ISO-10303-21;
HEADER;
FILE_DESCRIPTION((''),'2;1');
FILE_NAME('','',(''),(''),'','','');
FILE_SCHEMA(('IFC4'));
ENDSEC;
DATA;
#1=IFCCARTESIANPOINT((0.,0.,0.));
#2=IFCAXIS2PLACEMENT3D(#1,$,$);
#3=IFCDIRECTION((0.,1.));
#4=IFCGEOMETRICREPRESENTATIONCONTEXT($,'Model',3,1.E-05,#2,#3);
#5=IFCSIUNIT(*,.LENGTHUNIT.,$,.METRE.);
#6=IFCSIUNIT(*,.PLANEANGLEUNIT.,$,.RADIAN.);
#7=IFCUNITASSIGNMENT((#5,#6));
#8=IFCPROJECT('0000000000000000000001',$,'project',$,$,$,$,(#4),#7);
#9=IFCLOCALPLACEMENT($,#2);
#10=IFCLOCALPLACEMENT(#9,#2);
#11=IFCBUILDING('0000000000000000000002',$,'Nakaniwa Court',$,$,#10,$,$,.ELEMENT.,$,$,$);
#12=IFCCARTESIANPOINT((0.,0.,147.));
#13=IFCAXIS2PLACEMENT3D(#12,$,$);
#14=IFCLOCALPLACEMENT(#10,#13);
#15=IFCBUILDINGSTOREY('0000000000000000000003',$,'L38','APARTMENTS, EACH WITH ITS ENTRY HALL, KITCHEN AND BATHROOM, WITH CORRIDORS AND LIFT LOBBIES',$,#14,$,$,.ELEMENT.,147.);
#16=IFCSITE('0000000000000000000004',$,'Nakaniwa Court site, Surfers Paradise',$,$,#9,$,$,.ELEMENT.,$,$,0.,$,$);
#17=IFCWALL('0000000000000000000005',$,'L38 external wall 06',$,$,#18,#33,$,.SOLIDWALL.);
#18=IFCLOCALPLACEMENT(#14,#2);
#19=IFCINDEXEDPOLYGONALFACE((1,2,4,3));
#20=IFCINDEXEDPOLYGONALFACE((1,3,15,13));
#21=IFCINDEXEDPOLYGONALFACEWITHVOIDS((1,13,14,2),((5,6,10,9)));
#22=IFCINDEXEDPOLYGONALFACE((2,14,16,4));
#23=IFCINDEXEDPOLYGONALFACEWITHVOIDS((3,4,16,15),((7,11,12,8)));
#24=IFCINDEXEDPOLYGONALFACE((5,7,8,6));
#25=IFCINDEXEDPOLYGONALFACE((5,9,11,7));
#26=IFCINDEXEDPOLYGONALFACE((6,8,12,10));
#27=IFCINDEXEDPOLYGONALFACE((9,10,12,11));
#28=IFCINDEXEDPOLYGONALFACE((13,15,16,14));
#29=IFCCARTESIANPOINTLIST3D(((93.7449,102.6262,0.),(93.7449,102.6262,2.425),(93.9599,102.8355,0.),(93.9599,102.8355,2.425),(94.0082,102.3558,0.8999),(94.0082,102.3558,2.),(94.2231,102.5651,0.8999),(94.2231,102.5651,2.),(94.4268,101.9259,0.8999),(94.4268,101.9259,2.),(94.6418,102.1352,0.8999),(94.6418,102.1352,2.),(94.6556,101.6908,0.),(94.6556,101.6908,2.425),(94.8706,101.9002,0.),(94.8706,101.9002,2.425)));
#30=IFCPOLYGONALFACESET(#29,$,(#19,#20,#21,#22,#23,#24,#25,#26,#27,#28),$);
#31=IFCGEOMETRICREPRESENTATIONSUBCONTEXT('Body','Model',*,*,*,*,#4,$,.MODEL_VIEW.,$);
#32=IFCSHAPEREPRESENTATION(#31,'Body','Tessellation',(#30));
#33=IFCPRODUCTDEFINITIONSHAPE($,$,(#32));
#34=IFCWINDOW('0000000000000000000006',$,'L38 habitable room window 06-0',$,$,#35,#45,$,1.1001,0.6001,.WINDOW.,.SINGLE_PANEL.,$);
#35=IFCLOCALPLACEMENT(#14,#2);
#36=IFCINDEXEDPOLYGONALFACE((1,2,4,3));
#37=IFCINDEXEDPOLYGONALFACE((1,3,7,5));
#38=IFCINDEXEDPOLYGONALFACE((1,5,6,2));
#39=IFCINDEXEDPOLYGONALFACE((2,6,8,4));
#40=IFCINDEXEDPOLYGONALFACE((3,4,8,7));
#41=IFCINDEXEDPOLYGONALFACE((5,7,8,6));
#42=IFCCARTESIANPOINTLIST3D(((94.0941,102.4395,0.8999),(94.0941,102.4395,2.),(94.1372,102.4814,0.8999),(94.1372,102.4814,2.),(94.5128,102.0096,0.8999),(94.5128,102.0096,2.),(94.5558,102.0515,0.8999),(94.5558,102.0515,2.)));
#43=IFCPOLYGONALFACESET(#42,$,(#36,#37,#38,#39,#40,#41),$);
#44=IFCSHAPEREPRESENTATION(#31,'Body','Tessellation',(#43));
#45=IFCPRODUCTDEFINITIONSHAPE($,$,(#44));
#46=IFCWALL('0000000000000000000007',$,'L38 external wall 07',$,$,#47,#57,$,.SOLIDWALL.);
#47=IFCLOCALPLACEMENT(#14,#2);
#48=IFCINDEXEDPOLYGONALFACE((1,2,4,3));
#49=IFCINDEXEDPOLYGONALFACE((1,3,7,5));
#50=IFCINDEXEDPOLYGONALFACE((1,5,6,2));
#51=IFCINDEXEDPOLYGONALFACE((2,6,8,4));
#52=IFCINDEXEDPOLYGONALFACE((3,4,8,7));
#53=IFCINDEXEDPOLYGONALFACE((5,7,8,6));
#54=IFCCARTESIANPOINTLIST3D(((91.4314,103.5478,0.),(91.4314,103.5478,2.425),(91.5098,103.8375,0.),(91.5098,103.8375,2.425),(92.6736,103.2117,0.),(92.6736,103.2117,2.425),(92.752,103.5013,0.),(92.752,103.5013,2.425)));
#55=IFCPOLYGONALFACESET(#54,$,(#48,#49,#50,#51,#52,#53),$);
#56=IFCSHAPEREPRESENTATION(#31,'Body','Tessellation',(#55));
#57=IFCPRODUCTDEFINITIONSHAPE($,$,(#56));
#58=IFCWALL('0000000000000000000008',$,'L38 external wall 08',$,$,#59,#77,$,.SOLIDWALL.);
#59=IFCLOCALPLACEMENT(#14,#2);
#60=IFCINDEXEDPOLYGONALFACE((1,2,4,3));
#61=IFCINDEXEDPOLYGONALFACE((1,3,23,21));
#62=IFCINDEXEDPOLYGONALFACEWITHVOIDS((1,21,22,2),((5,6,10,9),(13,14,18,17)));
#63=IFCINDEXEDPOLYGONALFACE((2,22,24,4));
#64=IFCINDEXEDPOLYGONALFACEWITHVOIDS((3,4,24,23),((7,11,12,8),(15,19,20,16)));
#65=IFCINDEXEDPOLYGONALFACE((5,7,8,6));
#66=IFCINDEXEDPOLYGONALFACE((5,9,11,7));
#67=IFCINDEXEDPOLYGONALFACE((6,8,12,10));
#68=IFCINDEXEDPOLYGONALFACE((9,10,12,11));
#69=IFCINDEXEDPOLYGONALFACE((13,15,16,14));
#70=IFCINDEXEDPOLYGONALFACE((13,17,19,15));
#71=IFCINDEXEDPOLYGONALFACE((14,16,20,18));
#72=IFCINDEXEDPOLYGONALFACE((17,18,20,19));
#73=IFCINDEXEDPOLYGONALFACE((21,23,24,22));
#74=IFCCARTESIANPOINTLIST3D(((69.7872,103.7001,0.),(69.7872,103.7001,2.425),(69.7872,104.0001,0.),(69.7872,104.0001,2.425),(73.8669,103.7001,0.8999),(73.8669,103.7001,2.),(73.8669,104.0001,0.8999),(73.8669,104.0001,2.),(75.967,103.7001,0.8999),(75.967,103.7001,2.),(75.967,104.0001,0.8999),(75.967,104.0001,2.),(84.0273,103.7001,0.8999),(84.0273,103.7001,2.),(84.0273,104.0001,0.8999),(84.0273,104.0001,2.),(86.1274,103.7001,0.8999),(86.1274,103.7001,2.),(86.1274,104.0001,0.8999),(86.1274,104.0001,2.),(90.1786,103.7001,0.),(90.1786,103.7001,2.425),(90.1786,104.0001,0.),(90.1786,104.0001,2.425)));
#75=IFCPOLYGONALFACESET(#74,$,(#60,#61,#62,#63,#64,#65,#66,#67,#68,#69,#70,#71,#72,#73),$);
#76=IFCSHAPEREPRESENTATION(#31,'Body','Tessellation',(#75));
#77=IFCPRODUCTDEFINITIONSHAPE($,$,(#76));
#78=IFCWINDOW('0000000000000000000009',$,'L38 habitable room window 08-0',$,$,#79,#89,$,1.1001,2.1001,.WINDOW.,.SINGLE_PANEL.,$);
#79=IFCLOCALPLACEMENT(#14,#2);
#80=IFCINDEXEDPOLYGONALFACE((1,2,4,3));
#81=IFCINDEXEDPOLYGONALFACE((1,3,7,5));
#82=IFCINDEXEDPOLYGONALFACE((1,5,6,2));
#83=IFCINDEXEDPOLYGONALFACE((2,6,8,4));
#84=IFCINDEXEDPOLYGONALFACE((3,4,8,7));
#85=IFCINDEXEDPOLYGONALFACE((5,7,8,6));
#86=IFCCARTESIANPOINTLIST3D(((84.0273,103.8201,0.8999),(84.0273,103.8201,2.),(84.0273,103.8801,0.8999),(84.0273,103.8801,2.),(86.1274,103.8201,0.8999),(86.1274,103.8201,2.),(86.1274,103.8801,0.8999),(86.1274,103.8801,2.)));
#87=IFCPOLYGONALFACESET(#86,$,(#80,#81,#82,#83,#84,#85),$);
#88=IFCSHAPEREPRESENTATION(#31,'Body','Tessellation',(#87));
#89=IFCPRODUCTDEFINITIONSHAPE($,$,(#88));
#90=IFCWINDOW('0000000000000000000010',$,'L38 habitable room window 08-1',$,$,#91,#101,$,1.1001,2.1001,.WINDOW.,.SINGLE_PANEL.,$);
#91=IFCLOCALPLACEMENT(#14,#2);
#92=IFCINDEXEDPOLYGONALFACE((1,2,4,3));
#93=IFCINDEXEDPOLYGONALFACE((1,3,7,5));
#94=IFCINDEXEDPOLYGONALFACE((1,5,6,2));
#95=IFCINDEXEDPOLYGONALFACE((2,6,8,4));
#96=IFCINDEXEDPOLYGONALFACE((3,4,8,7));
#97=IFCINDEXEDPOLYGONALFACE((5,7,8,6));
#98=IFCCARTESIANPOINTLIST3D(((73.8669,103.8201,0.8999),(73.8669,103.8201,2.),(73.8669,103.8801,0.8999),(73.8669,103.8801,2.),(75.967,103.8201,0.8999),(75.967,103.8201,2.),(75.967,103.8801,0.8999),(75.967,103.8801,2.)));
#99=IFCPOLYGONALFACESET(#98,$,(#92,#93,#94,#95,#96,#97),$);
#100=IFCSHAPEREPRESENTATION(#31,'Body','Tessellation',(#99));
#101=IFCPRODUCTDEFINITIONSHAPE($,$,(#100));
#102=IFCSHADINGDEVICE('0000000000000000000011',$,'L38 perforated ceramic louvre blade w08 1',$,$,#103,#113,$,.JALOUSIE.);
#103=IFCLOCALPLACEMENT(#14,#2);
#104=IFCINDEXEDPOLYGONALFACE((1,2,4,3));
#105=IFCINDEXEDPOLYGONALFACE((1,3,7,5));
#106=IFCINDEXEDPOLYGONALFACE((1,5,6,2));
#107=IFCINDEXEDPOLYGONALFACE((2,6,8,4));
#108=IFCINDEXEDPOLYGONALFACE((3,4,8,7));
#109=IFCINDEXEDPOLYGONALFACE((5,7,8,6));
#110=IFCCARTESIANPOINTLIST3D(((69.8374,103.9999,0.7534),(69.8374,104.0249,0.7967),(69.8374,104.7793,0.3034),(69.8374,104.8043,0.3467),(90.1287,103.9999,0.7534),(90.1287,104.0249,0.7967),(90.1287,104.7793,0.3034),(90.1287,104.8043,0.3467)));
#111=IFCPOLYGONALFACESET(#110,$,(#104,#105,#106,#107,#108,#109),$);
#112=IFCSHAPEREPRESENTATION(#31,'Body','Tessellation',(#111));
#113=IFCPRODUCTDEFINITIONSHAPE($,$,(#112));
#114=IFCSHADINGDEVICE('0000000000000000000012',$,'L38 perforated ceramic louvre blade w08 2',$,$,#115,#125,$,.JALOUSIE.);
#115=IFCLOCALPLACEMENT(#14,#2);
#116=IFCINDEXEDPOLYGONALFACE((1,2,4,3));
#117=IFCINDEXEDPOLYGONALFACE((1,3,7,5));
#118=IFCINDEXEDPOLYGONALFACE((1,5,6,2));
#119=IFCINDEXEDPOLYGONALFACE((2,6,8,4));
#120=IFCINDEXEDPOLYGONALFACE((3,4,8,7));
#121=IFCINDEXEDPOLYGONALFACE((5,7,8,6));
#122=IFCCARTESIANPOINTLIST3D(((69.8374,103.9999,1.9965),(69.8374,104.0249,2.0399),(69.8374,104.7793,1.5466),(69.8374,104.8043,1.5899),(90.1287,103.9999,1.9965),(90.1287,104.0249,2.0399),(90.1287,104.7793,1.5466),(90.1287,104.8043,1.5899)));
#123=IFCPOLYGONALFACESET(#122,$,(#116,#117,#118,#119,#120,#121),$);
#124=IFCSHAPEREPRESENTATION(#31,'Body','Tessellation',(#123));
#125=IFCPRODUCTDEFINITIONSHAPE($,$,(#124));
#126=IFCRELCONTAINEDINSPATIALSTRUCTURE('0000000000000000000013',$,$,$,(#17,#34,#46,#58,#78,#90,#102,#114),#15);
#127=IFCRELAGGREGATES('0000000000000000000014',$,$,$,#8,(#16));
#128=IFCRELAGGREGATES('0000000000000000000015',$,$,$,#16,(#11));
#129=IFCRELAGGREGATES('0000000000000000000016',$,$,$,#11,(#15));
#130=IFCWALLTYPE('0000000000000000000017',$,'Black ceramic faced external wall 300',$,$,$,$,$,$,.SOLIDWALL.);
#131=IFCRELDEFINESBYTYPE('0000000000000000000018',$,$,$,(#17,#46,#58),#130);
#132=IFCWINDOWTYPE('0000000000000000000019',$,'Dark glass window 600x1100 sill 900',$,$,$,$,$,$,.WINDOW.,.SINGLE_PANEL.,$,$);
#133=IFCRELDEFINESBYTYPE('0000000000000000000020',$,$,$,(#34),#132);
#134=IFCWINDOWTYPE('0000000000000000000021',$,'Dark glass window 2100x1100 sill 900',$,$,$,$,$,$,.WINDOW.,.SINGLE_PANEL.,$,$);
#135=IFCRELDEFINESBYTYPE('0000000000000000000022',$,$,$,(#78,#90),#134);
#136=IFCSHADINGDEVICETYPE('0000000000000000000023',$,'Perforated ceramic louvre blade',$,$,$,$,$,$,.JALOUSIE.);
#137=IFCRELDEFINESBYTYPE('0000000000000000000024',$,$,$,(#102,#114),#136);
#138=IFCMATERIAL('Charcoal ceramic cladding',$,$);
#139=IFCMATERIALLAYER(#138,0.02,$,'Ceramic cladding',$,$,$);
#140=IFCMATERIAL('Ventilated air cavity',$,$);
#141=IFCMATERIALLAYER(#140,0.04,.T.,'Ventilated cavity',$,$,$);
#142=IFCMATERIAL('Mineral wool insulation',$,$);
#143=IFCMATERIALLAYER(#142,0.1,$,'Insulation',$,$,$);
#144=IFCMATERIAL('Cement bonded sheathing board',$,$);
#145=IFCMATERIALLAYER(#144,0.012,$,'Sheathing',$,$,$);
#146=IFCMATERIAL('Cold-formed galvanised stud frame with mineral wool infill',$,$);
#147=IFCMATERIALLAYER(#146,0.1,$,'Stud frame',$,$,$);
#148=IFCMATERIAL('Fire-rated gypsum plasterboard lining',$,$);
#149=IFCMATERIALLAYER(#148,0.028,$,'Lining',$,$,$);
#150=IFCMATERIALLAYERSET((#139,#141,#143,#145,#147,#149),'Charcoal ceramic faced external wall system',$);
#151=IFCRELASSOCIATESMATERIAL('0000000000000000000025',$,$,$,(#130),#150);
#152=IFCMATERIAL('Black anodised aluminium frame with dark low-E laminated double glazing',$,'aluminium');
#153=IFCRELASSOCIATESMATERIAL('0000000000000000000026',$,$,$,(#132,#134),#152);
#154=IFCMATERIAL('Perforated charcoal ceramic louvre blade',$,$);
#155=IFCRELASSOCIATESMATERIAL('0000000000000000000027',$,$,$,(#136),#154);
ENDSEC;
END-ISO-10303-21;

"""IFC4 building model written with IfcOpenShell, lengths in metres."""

from ifc_helpers import new_model, si_unit, direction, frame, frame_2d, origin, origin_2d, place, context, subcontext, project, spatial, rectangle, extrude, material, layer, layer_set, material_profile, profile_set, type_object, element, fill, save


model = new_model("IFC4")

# Units and contexts
model_context = context("Model", 3, precision=1e-05, world=origin(), true_north=direction((0.0, 1.0)))
body_context = subcontext(model_context, "Body", "Model", "MODEL_VIEW")
ifc_project = project(units=[si_unit("LENGTHUNIT", "METRE"), si_unit("PLANEANGLEUNIT", "RADIAN")], contexts=[model_context])

# Site, building, storey
site_placement = place(None, origin())
site = spatial("IfcSite", under=ifc_project, at=site_placement, Name="Nakaniwa Court site, Surfers Paradise", CompositionType="ELEMENT", RefElevation=0.0)
building_placement = place(site_placement, origin())
building = spatial("IfcBuilding", under=site, at=building_placement, Name="Nakaniwa Court", CompositionType="ELEMENT")
storey_placement = place(building_placement, frame((0.0, 0.0, 147.0)))
storey = spatial("IfcBuildingStorey", under=building, at=storey_placement, Name="L38", Description="APARTMENTS, EACH WITH ITS ENTRY HALL, KITCHEN AND BATHROOM, WITH CORRIDORS AND LIFT LOBBIES", CompositionType="ELEMENT", Elevation=147.0)

# Wall, opening, window
ifc_material_1 = material(Name="Charcoal ceramic cladding")
ifc_layer_1 = layer(ifc_material_1, 0.02, Name="Ceramic cladding")
ifc_material_2 = material(Name="Ventilated air cavity")
ifc_layer_2 = layer(ifc_material_2, 0.04, ventilated=True, Name="Ventilated cavity")
ifc_material_3 = material(Name="Mineral wool insulation")
ifc_layer_3 = layer(ifc_material_3, 0.1, Name="Insulation")
ifc_material_4 = material(Name="Cement bonded sheathing board")
ifc_layer_4 = layer(ifc_material_4, 0.012, Name="Sheathing")
ifc_material_5 = material(Name="Cold-formed galvanised stud frame with mineral wool infill")
ifc_layer_5 = layer(ifc_material_5, 0.1, Name="Stud frame")
ifc_material_6 = material(Name="Fire-rated gypsum plasterboard lining")
ifc_layer_6 = layer(ifc_material_6, 0.028, Name="Lining")
ifc_layer_set_1 = layer_set([ifc_layer_1, ifc_layer_2, ifc_layer_3, ifc_layer_4, ifc_layer_5, ifc_layer_6], Name="Charcoal ceramic faced external wall system")
wall_type_1 = type_object("IfcWallType", Name="Black ceramic faced external wall 300", PredefinedType="SOLIDWALL", material=ifc_layer_set_1)
wall_1_placement = place(storey_placement, frame((94.7632, 101.7954, 0.0), z_axis=(0.0, 0.0, 1.0), x_axis=(-0.697599, 0.716488, 0.0)))
wall_1 = element("IfcWall", 1, at=wall_1_placement, inside=storey, type_object=wall_type_1, Name="L38 external wall 06", PredefinedType="SOLIDWALL", context=body_context, shape_type="SweptSolid", body=[
    extrude(rectangle(XDim=1.3054, YDim=0.3, at=frame_2d((0.6528, 0.0))), origin(), (0.0, 0.0, 1.0), 2.425),
])
opening_1_placement = place(wall_1_placement, frame((0.3281, 0.0, 0.8999)))
opening_1 = element("IfcOpeningElement", 2, at=opening_1_placement, cuts=wall_1, PredefinedType="OPENING", context=body_context, shape_type="SweptSolid", body=[
    extrude(rectangle(XDim=0.6001, YDim=1.1001, at=frame_2d((0.3, 0.55))), frame((0.0, 0.1599, 0.0), z_axis=(0.0, -1.0, 0.0), x_axis=(1.0, 0.0, 0.0)), (0.0, 0.0, 1.0), 0.3201),
])
ifc_material_7 = material(Name="Black anodised aluminium frame with dark low-E laminated double glazing", Category="aluminium")
window_type_1 = type_object("IfcWindowType", Name="Dark glass window 600x1100 sill 900", PartitioningType="SINGLE_PANEL", PredefinedType="WINDOW", material=ifc_material_7)
window_1_placement = place(opening_1_placement, origin())
window_1 = element("IfcWindow", 3, at=window_1_placement, inside=storey, type_object=window_type_1, Name="L38 habitable room window 06-0", OverallHeight=1.1001, OverallWidth=0.6001, PartitioningType="SINGLE_PANEL", PredefinedType="WINDOW", context=body_context, shape_type="SweptSolid", body=[
    extrude(rectangle(XDim=0.6001, YDim=1.1001, at=frame_2d((0.3, 0.55))), frame((0.0, 0.03, 0.0), z_axis=(0.0, -1.0, 0.0), x_axis=(1.0, 0.0, 0.0)), (0.0, 0.0, 1.0), 0.0601),
])
fill(opening_1, window_1)

# Wall
wall_2_placement = place(storey_placement, frame((92.7129, 103.3564, 0.0), z_axis=(0.0, 0.0, 1.0), x_axis=(-0.965274, 0.261239, 0.0)))
element("IfcWall", 4, at=wall_2_placement, inside=storey, type_object=wall_type_1, Name="L38 external wall 07", PredefinedType="SOLIDWALL", context=body_context, shape_type="SweptSolid", body=[
    extrude(rectangle(XDim=1.2869, YDim=0.3, at=frame_2d((0.6436, 0.0))), origin(), (0.0, 0.0, 1.0), 2.425),
])

# Wall, openings, windows
wall_3_placement = place(storey_placement, frame((90.1787, 103.8501, 0.0), z_axis=(0.0, 0.0, 1.0), x_axis=(-1.0, 0.0, 0.0)))
wall_3 = element("IfcWall", 5, at=wall_3_placement, inside=storey, type_object=wall_type_1, Name="L38 external wall 08", PredefinedType="SOLIDWALL", context=body_context, shape_type="SweptSolid", body=[
    extrude(rectangle(XDim=20.3914, YDim=0.3, at=frame_2d((10.1958, 0.0))), origin(), (0.0, 0.0, 1.0), 2.425),
])
opening_2_placement = place(wall_3_placement, frame((4.0513, 0.0, 0.8999)))
opening_2 = element("IfcOpeningElement", 6, at=opening_2_placement, cuts=wall_3, PredefinedType="OPENING", context=body_context, shape_type="SweptSolid", body=[
    extrude(rectangle(XDim=2.1001, YDim=1.1001, at=frame_2d((1.05, 0.55))), frame((0.0, 0.1599, 0.0), z_axis=(0.0, -1.0, 0.0), x_axis=(1.0, 0.0, 0.0)), (0.0, 0.0, 1.0), 0.3201),
])
opening_3_placement = place(wall_3_placement, frame((14.2117, 0.0, 0.8999)))
opening_3 = element("IfcOpeningElement", 7, at=opening_3_placement, cuts=wall_3, PredefinedType="OPENING", context=body_context, shape_type="SweptSolid", body=[
    extrude(rectangle(XDim=2.1001, YDim=1.1001, at=frame_2d((1.05, 0.55))), frame((0.0, 0.1599, 0.0), z_axis=(0.0, -1.0, 0.0), x_axis=(1.0, 0.0, 0.0)), (0.0, 0.0, 1.0), 0.3201),
])
window_type_2 = type_object("IfcWindowType", Name="Dark glass window 2100x1100 sill 900", PartitioningType="SINGLE_PANEL", PredefinedType="WINDOW", material=ifc_material_7)
window_2_placement = place(opening_2_placement, origin())
window_2 = element("IfcWindow", 8, at=window_2_placement, inside=storey, type_object=window_type_2, Name="L38 habitable room window 08-0", OverallHeight=1.1001, OverallWidth=2.1001, PartitioningType="SINGLE_PANEL", PredefinedType="WINDOW", context=body_context, shape_type="SweptSolid", body=[
    extrude(rectangle(XDim=2.1001, YDim=1.1001, at=frame_2d((1.05, 0.55))), frame((0.0, 0.03, 0.0), z_axis=(0.0, -1.0, 0.0), x_axis=(1.0, 0.0, 0.0)), (0.0, 0.0, 1.0), 0.0601),
])
fill(opening_2, window_2)
window_3_placement = place(opening_3_placement, origin())
window_3 = element("IfcWindow", 9, at=window_3_placement, inside=storey, type_object=window_type_2, Name="L38 habitable room window 08-1", OverallHeight=1.1001, OverallWidth=2.1001, PartitioningType="SINGLE_PANEL", PredefinedType="WINDOW", context=body_context, shape_type="SweptSolid", body=[
    extrude(rectangle(XDim=2.1001, YDim=1.1001, at=frame_2d((1.05, 0.55))), frame((0.0, 0.03, 0.0), z_axis=(0.0, -1.0, 0.0), x_axis=(1.0, 0.0, 0.0)), (0.0, 0.0, 1.0), 0.0601),
])
fill(opening_3, window_3)

# Shading devices
ifc_material_8 = material(Name="Perforated charcoal ceramic louvre blade")
ifc_material_profile_1 = material_profile(ifc_material_8, rectangle(XDim=0.8999, YDim=0.05, at=origin_2d()), Name="Perforated ceramic louvre blade")
ifc_profile_set_1 = profile_set([ifc_material_profile_1], Name="Perforated charcoal ceramic louvre blade")
shading_device_type = type_object("IfcShadingDeviceType", Name="Perforated ceramic louvre blade", PredefinedType="JALOUSIE", material=ifc_profile_set_1)
for number, where, z_axis, x_axis, name in (
    (10, (90.1287, 104.4021, 0.55), (-1.0, 0.0, 0.0), (0.0, -0.866025, 0.5), "L38 perforated ceramic louvre blade w08 1"),
    (11, (90.1287, 104.4021, 1.7932), (-1.0, 0.0, 0.0), (0.0, -0.866025, 0.5), "L38 perforated ceramic louvre blade w08 2"),
):
    element("IfcShadingDevice", number, at=place(storey_placement, frame(where, z_axis=z_axis, x_axis=x_axis)), inside=storey, type_object=shading_device_type, Name=name, PredefinedType="JALOUSIE", context=body_context, shape_type="SweptSolid", body=[
        extrude(rectangle(XDim=0.8999, YDim=0.05, at=origin_2d()), origin(), (0.0, 0.0, 1.0), 20.2913),
    ])

save(model, "model.ifc")
